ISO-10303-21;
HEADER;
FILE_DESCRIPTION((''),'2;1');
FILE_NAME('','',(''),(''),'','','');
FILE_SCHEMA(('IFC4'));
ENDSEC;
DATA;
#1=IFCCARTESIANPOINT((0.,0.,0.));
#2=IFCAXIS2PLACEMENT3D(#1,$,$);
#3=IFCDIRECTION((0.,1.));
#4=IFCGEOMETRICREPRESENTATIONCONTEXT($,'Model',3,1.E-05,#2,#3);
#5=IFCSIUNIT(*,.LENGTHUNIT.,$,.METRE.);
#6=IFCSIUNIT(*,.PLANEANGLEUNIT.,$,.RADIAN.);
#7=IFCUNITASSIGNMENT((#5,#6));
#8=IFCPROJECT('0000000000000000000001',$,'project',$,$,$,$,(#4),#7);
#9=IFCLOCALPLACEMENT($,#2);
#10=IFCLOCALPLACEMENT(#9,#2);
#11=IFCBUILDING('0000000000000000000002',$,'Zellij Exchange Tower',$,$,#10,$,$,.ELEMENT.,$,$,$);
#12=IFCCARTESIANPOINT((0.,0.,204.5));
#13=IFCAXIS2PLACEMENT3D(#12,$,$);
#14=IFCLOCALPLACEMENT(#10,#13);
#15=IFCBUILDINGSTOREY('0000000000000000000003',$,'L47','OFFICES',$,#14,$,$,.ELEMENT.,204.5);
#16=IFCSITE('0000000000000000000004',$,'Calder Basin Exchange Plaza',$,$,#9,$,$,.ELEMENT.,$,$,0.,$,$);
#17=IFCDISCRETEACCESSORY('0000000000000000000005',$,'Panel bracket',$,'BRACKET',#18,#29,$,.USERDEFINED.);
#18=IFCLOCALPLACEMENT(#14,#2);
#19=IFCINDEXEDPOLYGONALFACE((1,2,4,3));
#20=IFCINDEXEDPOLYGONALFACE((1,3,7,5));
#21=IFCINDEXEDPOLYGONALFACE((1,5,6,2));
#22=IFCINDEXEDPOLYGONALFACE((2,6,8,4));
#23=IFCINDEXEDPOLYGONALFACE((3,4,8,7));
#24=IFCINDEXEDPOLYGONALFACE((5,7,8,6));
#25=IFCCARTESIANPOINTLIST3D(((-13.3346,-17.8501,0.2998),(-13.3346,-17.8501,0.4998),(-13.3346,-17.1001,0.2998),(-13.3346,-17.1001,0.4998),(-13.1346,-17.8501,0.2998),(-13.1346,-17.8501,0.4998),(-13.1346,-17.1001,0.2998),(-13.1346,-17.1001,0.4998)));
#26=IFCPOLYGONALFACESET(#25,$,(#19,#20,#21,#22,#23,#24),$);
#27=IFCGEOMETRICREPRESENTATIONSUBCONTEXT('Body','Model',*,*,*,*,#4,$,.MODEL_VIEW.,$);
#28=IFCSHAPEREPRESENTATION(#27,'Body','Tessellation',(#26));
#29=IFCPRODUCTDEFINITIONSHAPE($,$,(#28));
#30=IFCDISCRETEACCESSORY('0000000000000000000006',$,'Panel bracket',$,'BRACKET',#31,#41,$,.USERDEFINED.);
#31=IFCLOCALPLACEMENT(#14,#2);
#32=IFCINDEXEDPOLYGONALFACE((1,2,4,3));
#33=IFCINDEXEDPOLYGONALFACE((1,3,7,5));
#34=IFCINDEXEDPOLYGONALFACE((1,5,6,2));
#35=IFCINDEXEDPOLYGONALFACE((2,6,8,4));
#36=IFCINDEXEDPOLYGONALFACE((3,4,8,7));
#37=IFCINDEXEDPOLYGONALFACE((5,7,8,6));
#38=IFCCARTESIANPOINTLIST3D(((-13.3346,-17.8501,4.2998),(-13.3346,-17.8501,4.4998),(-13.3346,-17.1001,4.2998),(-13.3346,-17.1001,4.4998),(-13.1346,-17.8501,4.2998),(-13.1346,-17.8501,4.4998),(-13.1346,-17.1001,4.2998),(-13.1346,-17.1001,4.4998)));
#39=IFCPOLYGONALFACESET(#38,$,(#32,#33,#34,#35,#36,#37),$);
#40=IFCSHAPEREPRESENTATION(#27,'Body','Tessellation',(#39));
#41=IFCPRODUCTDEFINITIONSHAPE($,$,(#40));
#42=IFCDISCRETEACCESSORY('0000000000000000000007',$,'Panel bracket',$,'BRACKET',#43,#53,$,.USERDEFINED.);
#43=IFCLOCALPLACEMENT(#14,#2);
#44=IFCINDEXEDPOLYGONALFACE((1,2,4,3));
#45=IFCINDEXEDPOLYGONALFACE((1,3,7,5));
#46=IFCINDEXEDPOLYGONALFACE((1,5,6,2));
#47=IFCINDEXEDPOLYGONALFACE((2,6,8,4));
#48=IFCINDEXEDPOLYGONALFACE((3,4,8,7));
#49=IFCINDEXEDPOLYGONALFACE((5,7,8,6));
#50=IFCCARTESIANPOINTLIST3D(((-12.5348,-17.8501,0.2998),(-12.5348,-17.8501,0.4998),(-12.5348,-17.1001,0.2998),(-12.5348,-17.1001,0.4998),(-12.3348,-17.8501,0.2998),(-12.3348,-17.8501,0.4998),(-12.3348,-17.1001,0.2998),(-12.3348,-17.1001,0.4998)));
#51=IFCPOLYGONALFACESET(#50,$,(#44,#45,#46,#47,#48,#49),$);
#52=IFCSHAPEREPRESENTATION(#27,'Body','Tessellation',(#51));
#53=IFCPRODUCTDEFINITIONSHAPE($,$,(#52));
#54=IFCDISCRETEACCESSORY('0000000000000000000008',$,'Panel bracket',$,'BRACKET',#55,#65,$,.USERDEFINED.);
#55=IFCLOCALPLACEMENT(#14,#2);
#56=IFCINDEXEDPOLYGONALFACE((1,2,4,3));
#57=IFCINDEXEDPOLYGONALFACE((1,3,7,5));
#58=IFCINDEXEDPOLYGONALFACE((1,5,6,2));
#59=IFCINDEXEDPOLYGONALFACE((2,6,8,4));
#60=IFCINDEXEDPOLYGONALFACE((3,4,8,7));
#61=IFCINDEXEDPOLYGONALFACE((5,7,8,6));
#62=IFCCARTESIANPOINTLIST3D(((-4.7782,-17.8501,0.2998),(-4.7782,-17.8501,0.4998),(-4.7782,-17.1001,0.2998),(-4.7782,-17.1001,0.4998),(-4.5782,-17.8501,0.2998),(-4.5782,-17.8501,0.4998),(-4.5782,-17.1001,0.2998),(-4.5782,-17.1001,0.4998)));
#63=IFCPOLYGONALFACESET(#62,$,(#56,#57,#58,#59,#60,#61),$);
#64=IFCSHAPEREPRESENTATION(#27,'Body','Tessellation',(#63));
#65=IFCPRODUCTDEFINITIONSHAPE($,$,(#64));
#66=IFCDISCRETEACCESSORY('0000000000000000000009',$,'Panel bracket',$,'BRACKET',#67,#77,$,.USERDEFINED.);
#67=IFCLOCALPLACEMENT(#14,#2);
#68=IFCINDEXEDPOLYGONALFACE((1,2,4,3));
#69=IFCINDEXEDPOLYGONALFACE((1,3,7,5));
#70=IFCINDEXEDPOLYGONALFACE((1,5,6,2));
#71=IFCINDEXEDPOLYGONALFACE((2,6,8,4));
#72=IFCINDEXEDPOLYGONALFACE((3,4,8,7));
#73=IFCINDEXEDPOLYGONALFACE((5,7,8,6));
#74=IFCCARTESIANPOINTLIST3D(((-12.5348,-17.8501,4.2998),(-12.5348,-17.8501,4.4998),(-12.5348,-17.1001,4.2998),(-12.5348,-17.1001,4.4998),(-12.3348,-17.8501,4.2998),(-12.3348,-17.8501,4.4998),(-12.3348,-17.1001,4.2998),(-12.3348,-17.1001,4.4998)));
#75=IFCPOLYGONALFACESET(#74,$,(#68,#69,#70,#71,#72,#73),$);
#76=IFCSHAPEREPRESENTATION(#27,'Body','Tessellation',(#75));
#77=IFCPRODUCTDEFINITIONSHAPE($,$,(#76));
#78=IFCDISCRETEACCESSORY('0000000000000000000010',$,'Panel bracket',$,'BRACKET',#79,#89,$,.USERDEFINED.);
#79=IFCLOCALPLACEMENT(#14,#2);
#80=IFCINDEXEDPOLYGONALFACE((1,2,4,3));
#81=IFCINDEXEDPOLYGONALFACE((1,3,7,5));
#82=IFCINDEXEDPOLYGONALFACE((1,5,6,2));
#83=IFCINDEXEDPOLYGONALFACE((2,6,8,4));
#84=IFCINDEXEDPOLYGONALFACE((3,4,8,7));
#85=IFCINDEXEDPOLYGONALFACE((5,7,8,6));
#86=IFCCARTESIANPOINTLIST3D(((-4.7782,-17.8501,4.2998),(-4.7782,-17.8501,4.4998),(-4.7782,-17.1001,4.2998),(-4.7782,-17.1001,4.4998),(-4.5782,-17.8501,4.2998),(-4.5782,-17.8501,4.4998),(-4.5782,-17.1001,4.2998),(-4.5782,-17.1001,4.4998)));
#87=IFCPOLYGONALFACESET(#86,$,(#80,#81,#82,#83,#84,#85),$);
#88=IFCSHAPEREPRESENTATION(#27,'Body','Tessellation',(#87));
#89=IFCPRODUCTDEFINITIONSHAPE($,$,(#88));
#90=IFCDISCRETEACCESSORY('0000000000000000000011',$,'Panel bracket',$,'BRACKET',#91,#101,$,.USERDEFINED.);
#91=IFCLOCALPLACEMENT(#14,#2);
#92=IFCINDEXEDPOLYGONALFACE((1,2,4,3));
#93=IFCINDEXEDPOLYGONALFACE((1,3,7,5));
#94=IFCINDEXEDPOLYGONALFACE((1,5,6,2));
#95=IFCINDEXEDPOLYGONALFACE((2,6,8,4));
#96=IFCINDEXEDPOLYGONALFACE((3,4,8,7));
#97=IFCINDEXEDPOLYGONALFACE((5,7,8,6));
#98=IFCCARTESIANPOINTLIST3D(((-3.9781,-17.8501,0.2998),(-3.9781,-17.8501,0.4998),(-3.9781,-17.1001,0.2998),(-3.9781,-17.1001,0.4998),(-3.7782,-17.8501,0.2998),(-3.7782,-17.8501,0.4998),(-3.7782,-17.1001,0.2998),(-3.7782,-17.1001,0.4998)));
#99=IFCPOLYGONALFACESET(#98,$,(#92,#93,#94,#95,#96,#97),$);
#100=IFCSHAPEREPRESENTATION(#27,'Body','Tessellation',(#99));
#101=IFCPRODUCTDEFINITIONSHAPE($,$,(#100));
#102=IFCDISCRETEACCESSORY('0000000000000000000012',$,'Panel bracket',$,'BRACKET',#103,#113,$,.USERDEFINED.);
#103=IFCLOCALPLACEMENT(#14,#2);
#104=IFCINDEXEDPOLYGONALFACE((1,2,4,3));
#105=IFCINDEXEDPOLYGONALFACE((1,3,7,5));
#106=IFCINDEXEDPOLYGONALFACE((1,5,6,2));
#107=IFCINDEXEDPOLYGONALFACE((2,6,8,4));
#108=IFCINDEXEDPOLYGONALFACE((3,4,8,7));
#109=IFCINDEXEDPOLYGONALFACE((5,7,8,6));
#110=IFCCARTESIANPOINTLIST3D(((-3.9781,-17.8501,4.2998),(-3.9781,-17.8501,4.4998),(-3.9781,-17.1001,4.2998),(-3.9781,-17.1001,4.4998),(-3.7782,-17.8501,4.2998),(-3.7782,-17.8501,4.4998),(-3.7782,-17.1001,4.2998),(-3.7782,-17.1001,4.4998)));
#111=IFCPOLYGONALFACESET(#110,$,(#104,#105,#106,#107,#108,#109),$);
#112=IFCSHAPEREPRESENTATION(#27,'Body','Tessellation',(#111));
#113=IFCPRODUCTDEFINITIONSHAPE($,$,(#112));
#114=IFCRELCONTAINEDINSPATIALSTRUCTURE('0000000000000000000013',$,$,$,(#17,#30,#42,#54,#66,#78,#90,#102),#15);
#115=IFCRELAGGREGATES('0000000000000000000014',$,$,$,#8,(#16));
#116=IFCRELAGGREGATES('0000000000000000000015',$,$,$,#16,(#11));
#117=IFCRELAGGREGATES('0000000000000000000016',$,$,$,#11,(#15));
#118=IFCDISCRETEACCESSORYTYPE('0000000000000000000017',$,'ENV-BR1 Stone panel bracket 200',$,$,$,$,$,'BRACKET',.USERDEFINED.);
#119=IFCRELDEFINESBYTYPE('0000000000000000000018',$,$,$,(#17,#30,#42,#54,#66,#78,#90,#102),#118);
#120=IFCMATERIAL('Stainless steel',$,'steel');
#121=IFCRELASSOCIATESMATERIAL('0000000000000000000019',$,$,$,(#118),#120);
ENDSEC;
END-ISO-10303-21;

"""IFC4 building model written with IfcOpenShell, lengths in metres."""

from ifc_helpers import new_model, si_unit, direction, frame, origin, origin_2d, place, context, subcontext, project, spatial, rectangle, extrude, material, type_object, element, save


model = new_model("IFC4")

# Units and contexts
model_context = context("Model", 3, precision=1e-05, world=origin(), true_north=direction((0.0, 1.0)))
body_context = subcontext(model_context, "Body", "Model", "MODEL_VIEW")
ifc_project = project(units=[si_unit("LENGTHUNIT", "METRE"), si_unit("PLANEANGLEUNIT", "RADIAN")], contexts=[model_context])

# Site, building, storey
site_placement = place(None, origin())
site = spatial("IfcSite", under=ifc_project, at=site_placement, Name="Calder Basin Exchange Plaza", CompositionType="ELEMENT", RefElevation=0.0)
building_placement = place(site_placement, origin())
building = spatial("IfcBuilding", under=site, at=building_placement, Name="Zellij Exchange Tower", CompositionType="ELEMENT")
storey_placement = place(building_placement, frame((0.0, 0.0, 204.5)))
storey = spatial("IfcBuildingStorey", under=building, at=storey_placement, Name="L47", Description="OFFICES", CompositionType="ELEMENT", Elevation=204.5)

# Shared definitions
ifc_material_1 = material(Name="Stainless steel", Category="steel")

# Discrete accessories
discrete_accessory_type = type_object("IfcDiscreteAccessoryType", Name="ENV-BR1 Stone panel bracket 200", ElementType="BRACKET", PredefinedType="USERDEFINED", material=ifc_material_1)
for number, where, z_axis, x_axis, name in (
    (1, (-13.2346, -17.4751, 0.2998), (0.0, 0.0, 1.0), (1.0, 0.0, 0.0), "Panel bracket"),
    (2, (-13.2346, -17.4751, 4.2998), (0.0, 0.0, 1.0), (1.0, 0.0, 0.0), "Panel bracket"),
    (3, (-12.4348, -17.4751, 0.2998), (0.0, 0.0, 1.0), (1.0, 0.0, 0.0), "Panel bracket"),
    (4, (-4.6782, -17.4751, 0.2998), (0.0, 0.0, 1.0), (1.0, 0.0, 0.0), "Panel bracket"),
    (5, (-12.4348, -17.4751, 4.2998), (0.0, 0.0, 1.0), (1.0, 0.0, 0.0), "Panel bracket"),
    (6, (-4.6782, -17.4751, 4.2998), (0.0, 0.0, 1.0), (1.0, 0.0, 0.0), "Panel bracket"),
    (7, (-3.8782, -17.4751, 0.2998), (0.0, 0.0, 1.0), (1.0, 0.0, 0.0), "Panel bracket"),
    (8, (-3.8782, -17.4751, 4.2998), (0.0, 0.0, 1.0), (1.0, 0.0, 0.0), "Panel bracket"),
):
    element("IfcDiscreteAccessory", number, at=place(storey_placement, frame(where, z_axis=z_axis, x_axis=x_axis)), inside=storey, type_object=discrete_accessory_type, Name=name, ObjectType="BRACKET", PredefinedType="USERDEFINED", context=body_context, shape_type="SweptSolid", body=[
        extrude(rectangle(XDim=0.2, YDim=0.75, at=origin_2d()), origin(), (0.0, 0.0, 1.0), 0.2),
    ])

save(model, "model.ifc")
